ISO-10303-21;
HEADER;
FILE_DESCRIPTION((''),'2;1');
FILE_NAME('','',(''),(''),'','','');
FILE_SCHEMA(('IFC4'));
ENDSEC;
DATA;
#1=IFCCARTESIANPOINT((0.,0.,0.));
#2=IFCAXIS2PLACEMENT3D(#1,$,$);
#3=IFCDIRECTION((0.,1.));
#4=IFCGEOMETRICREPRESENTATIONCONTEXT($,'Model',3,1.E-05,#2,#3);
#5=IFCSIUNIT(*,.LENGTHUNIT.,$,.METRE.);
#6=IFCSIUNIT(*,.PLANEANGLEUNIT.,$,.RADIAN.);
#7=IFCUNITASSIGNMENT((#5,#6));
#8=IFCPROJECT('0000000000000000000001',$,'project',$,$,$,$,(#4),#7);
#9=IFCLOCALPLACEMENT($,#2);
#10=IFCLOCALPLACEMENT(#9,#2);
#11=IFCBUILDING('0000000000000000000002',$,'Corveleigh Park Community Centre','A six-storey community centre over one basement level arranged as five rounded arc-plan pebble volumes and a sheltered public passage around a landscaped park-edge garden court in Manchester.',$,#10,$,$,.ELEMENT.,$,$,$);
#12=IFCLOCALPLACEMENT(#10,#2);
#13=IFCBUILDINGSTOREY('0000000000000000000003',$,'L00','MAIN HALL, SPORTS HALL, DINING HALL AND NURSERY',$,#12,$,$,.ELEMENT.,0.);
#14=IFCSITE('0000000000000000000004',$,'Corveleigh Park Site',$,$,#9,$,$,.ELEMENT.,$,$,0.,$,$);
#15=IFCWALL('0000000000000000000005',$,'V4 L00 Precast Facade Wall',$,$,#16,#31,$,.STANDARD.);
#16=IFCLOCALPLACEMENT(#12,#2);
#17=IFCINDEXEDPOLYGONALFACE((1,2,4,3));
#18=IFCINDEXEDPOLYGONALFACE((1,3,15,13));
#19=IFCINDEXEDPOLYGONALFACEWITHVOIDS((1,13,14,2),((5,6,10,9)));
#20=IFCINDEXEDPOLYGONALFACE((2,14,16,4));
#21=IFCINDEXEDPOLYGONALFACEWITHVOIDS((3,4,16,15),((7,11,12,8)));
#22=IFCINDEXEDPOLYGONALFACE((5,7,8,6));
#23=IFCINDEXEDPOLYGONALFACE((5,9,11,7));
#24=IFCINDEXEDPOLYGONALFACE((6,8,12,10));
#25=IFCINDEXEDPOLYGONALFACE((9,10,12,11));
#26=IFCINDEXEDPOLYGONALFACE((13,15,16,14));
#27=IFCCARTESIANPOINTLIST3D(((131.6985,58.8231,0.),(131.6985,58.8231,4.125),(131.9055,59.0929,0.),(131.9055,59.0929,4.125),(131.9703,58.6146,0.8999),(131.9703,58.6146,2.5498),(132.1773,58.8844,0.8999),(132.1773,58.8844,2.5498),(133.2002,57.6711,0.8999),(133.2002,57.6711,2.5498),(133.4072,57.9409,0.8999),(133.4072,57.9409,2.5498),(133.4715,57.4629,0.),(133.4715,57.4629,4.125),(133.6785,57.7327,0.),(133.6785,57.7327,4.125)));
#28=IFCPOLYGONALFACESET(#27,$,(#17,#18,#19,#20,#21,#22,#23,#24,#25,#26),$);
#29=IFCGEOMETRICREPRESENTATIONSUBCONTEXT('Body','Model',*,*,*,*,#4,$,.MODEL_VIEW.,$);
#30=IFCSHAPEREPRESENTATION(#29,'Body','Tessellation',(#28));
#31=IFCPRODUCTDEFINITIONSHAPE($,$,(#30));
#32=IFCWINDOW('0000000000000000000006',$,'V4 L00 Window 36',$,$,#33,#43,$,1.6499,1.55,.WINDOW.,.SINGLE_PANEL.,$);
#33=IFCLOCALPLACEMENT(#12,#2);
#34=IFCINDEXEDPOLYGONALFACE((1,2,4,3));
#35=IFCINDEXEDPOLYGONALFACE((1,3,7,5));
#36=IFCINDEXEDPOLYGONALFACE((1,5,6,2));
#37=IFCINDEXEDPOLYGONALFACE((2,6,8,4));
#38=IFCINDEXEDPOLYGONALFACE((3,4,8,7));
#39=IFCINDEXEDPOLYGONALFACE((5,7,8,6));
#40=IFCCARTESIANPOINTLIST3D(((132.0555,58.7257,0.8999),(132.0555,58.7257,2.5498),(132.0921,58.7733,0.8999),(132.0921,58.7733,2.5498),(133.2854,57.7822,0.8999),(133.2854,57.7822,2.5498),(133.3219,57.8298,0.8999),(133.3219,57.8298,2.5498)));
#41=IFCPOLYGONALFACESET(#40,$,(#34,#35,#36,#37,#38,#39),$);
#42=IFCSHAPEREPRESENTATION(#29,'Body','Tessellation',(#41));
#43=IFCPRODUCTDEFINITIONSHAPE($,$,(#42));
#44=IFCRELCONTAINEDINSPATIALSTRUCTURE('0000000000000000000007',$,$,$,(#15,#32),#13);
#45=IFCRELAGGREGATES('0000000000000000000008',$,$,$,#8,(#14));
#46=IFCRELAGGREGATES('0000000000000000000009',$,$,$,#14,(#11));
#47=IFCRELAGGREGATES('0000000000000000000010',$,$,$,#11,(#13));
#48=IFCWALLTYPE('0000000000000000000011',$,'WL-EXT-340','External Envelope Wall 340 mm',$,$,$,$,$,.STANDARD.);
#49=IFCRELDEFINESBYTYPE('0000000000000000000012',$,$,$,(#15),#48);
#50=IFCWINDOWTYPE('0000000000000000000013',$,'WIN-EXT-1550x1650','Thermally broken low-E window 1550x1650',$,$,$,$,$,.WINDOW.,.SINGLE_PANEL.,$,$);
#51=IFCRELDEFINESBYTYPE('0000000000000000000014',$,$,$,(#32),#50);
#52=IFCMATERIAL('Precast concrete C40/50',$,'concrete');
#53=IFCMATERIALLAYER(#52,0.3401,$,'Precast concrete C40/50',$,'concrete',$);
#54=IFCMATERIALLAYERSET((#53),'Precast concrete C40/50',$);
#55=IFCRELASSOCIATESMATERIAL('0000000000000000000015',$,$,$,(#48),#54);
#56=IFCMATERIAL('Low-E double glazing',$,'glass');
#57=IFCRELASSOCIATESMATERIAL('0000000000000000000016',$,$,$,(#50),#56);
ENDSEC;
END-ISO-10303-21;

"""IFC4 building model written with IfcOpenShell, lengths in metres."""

from ifc_helpers import new_model, si_unit, direction, frame, frame_2d, origin, place, context, subcontext, project, spatial, rectangle, extrude, material, layer, layer_set, type_object, element, fill, save


model = new_model("IFC4")

# Units and contexts
model_context = context("Model", 3, precision=1e-05, world=origin(), true_north=direction((0.0, 1.0)))
body_context = subcontext(model_context, "Body", "Model", "MODEL_VIEW")
ifc_project = project(units=[si_unit("LENGTHUNIT", "METRE"), si_unit("PLANEANGLEUNIT", "RADIAN")], contexts=[model_context])

# Site, building, storey
site_placement = place(None, origin())
site = spatial("IfcSite", under=ifc_project, at=site_placement, Name="Corveleigh Park Site", CompositionType="ELEMENT", RefElevation=0.0)
building_placement = place(site_placement, origin())
building = spatial("IfcBuilding", under=site, at=building_placement, Name="Corveleigh Park Community Centre", Description="A six-storey community centre over one basement level arranged as five rounded arc-plan pebble volumes and a sheltered public passage around a landscaped park-edge garden court in Manchester.", CompositionType="ELEMENT")
storey_placement = place(building_placement, origin())
storey = spatial("IfcBuildingStorey", under=building, at=storey_placement, Name="L00", Description="MAIN HALL, SPORTS HALL, DINING HALL AND NURSERY", CompositionType="ELEMENT", Elevation=0.0)

# Shared definitions
ifc_material_1 = material(Name="Low-E double glazing", Category="glass")

# Wall, opening, window
ifc_material_2 = material(Name="Precast concrete C40/50", Category="concrete")
ifc_layer_1 = layer(ifc_material_2, 0.3401, Name="Precast concrete C40/50", Category="concrete")
ifc_layer_set_1 = layer_set([ifc_layer_1], Name="Precast concrete C40/50")
wall_type = type_object("IfcWallType", Name="WL-EXT-340", Description="External Envelope Wall 340 mm", PredefinedType="STANDARD", material=ifc_layer_set_1)
wall_placement = place(storey_placement, frame((133.575, 57.5979, 0.0), z_axis=(0.0, 0.0, 1.0), x_axis=(-0.793423, 0.60867, 0.0)))
wall = element("IfcWall", 1, at=wall_placement, inside=storey, type_object=wall_type, Name="V4 L00 Precast Facade Wall", PredefinedType="STANDARD", context=body_context, shape_type="SweptSolid", body=[
    extrude(rectangle(XDim=2.2346, YDim=0.3401, at=frame_2d((1.1172, 0.0))), origin(), (0.0, 0.0, 1.0), 4.125),
])
opening_placement = place(wall_placement, frame((0.342, 0.0, 0.8999)))
opening = element("IfcOpeningElement", 2, at=opening_placement, cuts=wall, PredefinedType="OPENING", context=body_context, shape_type="SweptSolid", body=[
    extrude(rectangle(XDim=1.55, YDim=1.6499, at=frame_2d((0.7749, 0.825))), frame((0.0, 0.1799, 0.0), z_axis=(0.0, -1.0, 0.0), x_axis=(1.0, 0.0, 0.0)), (0.0, 0.0, 1.0), 0.3601),
])
window_type = type_object("IfcWindowType", Name="WIN-EXT-1550x1650", Description="Thermally broken low-E window 1550x1650", PartitioningType="SINGLE_PANEL", PredefinedType="WINDOW", material=ifc_material_1)
window_placement = place(opening_placement, origin())
window = element("IfcWindow", 3, at=window_placement, inside=storey, type_object=window_type, Name="V4 L00 Window 36", OverallHeight=1.6499, OverallWidth=1.55, PartitioningType="SINGLE_PANEL", PredefinedType="WINDOW", context=body_context, shape_type="SweptSolid", body=[
    extrude(rectangle(XDim=1.55, YDim=1.6499, at=frame_2d((0.7749, 0.825))), frame((0.0, 0.03, 0.0), z_axis=(0.0, -1.0, 0.0), x_axis=(1.0, 0.0, 0.0)), (0.0, 0.0, 1.0), 0.0601),
])
fill(opening, window)

save(model, "model.ifc")
